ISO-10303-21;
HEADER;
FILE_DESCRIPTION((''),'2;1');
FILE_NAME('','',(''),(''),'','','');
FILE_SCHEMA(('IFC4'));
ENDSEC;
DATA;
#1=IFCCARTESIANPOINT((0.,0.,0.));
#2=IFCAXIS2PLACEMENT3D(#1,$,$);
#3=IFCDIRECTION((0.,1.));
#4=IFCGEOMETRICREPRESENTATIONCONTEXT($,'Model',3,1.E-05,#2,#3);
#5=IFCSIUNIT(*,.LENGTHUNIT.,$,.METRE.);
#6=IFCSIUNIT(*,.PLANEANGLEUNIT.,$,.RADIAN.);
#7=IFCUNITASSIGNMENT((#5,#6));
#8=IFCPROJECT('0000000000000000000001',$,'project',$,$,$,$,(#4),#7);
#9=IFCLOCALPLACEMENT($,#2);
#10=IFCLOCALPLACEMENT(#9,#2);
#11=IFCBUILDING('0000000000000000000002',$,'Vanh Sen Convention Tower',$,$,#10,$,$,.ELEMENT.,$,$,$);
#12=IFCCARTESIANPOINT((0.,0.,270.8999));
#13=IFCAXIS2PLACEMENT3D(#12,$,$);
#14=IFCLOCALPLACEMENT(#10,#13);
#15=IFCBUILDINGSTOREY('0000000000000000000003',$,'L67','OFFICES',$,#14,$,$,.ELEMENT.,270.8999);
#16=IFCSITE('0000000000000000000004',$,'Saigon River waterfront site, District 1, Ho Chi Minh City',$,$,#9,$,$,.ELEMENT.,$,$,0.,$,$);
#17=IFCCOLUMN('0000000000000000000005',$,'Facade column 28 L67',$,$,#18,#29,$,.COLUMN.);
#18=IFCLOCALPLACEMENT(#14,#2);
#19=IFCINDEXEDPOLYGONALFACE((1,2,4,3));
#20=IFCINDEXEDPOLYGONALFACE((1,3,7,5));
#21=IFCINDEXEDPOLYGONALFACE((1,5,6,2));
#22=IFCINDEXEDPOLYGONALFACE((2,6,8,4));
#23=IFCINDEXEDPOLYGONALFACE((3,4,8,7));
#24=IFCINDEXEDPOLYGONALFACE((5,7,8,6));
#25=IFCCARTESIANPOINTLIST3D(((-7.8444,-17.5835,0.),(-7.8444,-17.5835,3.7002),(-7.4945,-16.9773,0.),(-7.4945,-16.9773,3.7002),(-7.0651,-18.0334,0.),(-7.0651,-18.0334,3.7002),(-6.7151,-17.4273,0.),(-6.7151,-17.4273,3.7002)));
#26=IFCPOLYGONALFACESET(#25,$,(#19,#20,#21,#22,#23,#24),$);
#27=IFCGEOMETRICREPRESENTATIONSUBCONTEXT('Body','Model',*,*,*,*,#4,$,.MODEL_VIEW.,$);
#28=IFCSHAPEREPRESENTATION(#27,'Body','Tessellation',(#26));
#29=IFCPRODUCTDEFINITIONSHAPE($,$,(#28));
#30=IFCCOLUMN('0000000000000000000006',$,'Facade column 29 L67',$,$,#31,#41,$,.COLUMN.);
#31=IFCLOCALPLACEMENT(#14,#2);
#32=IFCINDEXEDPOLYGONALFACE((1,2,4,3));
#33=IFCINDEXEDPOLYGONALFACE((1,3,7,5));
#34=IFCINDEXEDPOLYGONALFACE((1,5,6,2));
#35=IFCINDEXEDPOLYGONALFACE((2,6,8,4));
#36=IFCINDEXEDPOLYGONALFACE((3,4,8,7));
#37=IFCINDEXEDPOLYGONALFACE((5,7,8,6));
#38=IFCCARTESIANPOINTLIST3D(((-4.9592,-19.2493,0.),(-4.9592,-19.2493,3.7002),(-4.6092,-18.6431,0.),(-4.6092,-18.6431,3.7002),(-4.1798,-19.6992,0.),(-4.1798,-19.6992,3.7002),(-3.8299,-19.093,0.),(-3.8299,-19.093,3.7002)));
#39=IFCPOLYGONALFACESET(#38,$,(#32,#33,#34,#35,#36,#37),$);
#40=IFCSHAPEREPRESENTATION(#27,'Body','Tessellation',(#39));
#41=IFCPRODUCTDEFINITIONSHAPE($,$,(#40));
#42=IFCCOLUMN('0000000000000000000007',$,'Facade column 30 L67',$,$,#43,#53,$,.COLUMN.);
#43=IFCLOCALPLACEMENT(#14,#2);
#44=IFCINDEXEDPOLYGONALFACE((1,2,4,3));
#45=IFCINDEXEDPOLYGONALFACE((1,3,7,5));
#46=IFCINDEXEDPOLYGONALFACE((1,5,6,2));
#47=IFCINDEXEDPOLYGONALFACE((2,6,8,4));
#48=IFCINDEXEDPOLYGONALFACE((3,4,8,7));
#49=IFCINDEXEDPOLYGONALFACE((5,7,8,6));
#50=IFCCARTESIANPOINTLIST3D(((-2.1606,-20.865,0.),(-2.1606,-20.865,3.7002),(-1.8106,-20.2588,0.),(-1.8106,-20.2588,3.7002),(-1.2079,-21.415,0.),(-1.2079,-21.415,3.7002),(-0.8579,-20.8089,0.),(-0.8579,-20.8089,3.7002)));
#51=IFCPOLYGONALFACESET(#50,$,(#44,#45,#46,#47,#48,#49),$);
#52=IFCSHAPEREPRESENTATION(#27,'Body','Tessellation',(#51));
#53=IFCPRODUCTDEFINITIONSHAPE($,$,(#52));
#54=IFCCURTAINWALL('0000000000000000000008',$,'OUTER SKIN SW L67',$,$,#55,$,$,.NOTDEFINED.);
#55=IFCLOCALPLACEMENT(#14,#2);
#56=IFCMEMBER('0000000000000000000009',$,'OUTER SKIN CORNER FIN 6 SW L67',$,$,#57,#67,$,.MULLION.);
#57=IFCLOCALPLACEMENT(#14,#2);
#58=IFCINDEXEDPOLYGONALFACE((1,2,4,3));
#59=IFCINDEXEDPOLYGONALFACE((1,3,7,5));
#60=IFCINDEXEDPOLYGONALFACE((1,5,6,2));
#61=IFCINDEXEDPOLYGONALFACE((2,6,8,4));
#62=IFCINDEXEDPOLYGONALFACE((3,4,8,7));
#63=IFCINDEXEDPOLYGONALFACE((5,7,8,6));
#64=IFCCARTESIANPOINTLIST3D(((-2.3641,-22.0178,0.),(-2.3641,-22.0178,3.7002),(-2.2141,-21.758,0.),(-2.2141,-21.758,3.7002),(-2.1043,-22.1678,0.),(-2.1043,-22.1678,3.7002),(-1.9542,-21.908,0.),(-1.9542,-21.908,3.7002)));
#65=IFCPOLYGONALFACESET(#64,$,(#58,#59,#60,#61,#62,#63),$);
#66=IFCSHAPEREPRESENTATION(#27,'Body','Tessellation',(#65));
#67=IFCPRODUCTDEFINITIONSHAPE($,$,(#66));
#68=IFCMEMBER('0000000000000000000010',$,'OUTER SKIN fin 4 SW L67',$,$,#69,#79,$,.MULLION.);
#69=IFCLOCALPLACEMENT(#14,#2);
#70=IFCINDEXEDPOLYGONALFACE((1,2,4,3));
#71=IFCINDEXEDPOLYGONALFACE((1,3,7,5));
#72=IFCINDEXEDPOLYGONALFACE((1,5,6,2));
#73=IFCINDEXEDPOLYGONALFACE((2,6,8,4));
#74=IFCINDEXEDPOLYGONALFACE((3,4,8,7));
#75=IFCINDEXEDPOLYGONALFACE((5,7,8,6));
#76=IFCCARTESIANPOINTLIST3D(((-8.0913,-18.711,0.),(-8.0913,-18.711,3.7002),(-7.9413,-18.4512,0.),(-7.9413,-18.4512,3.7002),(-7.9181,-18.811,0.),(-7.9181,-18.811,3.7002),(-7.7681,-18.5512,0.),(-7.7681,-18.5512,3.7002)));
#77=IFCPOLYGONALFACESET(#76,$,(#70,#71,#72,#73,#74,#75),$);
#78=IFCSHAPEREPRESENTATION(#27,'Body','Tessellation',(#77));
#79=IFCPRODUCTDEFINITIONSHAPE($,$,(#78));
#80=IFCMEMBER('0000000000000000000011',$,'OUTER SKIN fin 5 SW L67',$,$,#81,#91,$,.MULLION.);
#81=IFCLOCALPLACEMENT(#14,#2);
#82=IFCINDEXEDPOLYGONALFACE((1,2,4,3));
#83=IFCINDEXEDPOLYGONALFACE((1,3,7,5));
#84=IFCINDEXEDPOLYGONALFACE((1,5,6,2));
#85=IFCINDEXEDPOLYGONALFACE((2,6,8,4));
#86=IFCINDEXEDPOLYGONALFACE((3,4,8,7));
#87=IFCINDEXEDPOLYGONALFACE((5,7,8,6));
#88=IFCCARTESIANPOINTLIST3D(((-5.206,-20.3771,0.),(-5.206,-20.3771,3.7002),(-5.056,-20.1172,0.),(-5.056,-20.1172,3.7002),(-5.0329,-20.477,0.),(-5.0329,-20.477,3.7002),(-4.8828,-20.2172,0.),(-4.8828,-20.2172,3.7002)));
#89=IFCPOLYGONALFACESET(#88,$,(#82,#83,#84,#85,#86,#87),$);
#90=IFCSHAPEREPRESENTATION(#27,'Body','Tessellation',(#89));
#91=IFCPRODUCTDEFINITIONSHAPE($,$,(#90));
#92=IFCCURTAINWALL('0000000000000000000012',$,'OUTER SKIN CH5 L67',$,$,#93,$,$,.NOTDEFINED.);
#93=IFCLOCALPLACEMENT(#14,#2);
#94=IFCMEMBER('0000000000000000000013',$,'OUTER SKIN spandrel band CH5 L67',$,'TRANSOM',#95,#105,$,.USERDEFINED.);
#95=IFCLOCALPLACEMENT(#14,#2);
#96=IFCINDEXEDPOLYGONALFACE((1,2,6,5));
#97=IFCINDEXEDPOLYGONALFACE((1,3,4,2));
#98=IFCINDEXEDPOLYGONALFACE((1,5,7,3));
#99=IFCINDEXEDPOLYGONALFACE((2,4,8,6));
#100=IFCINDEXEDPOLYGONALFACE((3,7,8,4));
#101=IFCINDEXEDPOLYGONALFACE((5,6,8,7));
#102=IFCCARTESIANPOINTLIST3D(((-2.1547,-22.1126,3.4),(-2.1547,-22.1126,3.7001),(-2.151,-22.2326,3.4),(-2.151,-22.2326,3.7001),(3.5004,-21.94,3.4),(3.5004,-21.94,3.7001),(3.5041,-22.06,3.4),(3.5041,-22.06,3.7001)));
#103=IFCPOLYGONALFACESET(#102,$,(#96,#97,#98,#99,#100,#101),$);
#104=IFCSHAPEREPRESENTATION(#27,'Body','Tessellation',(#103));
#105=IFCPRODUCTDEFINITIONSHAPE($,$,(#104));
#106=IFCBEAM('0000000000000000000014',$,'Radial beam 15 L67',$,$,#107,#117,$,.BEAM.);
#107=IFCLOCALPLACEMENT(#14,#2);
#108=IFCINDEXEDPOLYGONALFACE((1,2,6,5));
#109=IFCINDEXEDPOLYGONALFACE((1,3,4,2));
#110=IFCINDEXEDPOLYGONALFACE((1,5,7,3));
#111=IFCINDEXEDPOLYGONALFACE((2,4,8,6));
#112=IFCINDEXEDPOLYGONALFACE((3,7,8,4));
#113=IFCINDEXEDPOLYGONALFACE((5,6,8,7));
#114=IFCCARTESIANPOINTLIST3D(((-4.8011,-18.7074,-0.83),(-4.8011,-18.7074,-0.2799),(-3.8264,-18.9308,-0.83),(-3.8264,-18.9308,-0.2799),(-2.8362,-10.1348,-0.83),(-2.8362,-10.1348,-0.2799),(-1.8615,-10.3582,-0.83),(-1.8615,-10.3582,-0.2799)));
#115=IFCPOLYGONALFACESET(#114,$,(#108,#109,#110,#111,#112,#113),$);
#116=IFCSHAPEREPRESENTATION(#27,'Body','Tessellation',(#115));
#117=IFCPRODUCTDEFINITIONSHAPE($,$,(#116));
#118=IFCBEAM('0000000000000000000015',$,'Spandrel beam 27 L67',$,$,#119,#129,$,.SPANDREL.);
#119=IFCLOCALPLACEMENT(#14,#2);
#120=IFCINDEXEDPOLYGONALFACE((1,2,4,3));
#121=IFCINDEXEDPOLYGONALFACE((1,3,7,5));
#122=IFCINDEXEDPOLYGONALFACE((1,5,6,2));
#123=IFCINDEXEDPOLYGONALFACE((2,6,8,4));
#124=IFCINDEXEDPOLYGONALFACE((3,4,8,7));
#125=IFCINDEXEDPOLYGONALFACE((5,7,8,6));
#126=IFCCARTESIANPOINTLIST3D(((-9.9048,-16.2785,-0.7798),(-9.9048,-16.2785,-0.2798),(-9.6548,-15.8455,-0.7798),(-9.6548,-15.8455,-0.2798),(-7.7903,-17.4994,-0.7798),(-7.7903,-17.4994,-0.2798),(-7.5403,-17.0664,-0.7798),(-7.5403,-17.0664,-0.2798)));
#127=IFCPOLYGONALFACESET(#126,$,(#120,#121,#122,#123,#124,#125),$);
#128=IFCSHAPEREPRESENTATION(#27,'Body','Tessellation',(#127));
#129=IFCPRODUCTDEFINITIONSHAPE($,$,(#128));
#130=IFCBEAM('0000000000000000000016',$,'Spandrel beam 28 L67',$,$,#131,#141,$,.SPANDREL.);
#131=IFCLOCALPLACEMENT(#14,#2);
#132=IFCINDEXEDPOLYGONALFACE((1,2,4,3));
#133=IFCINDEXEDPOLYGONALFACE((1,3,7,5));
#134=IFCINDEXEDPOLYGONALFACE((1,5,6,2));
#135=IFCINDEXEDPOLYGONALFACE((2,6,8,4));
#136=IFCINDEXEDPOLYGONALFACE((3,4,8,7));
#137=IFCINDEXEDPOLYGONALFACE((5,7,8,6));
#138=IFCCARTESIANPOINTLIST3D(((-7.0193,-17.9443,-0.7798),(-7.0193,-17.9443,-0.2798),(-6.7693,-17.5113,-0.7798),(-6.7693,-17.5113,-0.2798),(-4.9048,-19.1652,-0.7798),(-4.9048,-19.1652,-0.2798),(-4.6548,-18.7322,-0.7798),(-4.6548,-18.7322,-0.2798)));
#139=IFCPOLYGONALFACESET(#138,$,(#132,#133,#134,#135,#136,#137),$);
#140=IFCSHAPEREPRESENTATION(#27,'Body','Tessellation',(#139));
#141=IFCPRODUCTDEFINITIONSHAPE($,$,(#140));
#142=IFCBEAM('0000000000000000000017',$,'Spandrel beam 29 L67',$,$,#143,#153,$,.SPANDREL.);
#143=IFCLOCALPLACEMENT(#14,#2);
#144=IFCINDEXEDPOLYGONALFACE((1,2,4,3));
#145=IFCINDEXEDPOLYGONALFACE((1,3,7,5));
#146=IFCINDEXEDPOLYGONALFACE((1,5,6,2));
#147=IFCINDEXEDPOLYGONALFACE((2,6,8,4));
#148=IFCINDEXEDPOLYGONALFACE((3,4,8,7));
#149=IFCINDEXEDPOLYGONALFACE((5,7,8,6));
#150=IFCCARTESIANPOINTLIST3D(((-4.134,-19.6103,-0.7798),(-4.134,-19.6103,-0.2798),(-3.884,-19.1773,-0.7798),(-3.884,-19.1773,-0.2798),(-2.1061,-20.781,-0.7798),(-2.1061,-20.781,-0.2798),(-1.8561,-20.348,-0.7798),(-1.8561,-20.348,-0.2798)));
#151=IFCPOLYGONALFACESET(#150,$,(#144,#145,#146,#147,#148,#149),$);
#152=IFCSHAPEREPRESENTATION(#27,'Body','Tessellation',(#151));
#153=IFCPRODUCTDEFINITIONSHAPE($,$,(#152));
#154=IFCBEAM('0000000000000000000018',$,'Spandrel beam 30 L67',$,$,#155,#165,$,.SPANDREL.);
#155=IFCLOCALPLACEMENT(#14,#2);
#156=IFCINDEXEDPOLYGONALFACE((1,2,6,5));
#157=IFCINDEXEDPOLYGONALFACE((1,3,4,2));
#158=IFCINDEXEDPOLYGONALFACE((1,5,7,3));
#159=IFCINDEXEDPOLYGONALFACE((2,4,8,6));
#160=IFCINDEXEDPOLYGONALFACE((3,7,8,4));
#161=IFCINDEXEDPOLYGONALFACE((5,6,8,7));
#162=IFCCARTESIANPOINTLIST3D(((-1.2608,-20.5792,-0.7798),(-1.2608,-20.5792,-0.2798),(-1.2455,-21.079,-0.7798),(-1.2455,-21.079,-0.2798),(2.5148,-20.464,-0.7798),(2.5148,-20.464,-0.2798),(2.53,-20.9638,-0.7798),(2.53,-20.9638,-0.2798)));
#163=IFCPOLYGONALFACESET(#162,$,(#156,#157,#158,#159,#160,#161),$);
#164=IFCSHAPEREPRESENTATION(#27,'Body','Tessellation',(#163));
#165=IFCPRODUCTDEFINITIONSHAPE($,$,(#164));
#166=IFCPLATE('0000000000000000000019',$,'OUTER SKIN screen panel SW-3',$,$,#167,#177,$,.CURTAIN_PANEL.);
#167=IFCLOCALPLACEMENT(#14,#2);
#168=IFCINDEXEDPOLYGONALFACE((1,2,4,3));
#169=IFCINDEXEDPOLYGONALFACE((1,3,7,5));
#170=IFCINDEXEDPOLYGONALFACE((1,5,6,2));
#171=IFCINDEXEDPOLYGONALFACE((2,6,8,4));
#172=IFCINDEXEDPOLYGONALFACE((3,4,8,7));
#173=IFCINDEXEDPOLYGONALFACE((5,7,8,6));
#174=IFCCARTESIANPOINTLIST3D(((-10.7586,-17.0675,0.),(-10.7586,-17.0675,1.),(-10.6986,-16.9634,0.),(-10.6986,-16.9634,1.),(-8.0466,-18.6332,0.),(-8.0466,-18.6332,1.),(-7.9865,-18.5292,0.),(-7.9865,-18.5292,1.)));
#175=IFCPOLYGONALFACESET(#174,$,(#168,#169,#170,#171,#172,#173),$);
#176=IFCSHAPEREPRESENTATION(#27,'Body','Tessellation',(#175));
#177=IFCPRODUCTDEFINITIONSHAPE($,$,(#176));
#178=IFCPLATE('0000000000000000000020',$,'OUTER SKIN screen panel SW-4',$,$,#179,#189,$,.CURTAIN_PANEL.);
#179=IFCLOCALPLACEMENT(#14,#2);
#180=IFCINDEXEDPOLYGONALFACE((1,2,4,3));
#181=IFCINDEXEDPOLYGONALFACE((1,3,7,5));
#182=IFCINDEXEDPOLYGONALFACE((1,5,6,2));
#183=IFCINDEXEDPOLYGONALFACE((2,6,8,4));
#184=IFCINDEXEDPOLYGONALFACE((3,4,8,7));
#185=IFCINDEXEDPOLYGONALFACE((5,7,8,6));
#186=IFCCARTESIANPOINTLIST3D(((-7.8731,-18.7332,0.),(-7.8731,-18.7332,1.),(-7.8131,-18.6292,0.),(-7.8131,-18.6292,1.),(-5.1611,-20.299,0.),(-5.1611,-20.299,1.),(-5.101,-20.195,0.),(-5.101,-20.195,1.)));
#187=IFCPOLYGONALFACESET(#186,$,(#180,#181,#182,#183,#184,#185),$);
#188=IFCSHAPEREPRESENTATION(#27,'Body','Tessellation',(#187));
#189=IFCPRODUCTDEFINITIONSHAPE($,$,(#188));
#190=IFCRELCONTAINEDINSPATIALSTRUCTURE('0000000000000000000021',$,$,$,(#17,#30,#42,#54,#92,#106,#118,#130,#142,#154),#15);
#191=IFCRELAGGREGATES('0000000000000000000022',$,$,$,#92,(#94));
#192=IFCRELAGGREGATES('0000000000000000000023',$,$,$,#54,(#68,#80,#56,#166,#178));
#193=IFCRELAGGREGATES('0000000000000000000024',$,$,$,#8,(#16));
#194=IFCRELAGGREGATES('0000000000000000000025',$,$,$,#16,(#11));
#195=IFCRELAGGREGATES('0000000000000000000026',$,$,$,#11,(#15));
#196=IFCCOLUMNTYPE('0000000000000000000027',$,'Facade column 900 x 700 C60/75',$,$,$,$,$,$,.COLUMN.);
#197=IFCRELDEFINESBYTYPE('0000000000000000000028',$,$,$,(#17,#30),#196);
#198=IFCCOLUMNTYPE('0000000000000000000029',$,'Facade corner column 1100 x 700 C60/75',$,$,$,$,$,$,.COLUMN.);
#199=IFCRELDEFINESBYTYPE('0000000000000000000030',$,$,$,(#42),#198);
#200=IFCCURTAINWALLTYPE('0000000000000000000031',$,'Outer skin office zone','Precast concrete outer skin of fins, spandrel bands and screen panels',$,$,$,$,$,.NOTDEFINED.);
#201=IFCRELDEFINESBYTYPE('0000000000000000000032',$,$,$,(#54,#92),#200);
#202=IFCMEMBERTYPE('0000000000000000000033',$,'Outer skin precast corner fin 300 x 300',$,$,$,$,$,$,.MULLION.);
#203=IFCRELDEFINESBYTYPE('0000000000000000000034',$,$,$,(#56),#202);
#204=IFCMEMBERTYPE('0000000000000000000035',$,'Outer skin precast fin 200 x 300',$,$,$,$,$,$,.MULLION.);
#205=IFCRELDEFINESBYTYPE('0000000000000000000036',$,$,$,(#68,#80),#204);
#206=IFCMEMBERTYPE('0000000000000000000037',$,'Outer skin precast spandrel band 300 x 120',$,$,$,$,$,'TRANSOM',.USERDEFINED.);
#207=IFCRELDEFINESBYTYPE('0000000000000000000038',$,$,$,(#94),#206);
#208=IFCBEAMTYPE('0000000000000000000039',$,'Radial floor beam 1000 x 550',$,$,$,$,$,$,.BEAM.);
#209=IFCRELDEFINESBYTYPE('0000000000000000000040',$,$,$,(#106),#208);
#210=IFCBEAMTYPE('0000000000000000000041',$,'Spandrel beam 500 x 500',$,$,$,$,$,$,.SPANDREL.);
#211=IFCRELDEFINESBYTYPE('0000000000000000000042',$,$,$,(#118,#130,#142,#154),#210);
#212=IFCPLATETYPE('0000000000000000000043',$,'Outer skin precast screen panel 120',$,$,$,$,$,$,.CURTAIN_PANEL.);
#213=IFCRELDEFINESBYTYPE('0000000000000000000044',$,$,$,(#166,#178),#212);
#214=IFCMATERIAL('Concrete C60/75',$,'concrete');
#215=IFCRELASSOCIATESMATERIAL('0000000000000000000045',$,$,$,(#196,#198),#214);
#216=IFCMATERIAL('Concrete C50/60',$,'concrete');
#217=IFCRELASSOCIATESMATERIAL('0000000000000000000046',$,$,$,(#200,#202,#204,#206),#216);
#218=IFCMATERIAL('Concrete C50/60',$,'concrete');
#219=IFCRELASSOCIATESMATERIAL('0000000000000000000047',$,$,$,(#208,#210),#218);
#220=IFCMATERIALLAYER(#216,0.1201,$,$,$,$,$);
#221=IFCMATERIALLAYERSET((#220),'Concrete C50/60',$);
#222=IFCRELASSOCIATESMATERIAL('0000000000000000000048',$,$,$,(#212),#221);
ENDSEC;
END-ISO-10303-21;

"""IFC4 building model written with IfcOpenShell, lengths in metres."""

from ifc_helpers import new_model, si_unit, direction, frame, origin, origin_2d, place, context, subcontext, project, spatial, rectangle, extrude, material, layer, layer_set, material_profile, profile_set, type_object, element, aggregate, save


model = new_model("IFC4")

# Units and contexts
model_context = context("Model", 3, precision=1e-05, world=origin(), true_north=direction((0.0, 1.0)))
body_context = subcontext(model_context, "Body", "Model", "MODEL_VIEW")
ifc_project = project(units=[si_unit("LENGTHUNIT", "METRE"), si_unit("PLANEANGLEUNIT", "RADIAN")], contexts=[model_context])

# Site, building, storey
site_placement = place(None, origin())
site = spatial("IfcSite", under=ifc_project, at=site_placement, Name="Saigon River waterfront site, District 1, Ho Chi Minh City", CompositionType="ELEMENT", RefElevation=0.0)
building_placement = place(site_placement, origin())
building = spatial("IfcBuilding", under=site, at=building_placement, Name="Vanh Sen Convention Tower", CompositionType="ELEMENT")
storey_placement = place(building_placement, frame((0.0, 0.0, 270.8999)))
storey = spatial("IfcBuildingStorey", under=building, at=storey_placement, Name="L67", Description="OFFICES", CompositionType="ELEMENT", Elevation=270.8999)

# Columns
ifc_material_1 = material(Name="Concrete C60/75", Category="concrete")
ifc_material_profile_1 = material_profile(ifc_material_1, rectangle(XDim=0.8999, YDim=0.7, at=origin_2d()), Name="RC 900X700")
ifc_profile_set_1 = profile_set([ifc_material_profile_1], Name="Concrete C60/75")
column_type_1 = type_object("IfcColumnType", Name="Facade column 900 x 700 C60/75", PredefinedType="COLUMN", material=ifc_profile_set_1)
for number, where, z_axis, x_axis, name in (
    (1, (-7.2798, -17.5054, 0.0), (0.0, 0.0, 1.0), (0.866025, -0.5, 0.0), "Facade column 28 L67"),
    (2, (-4.3945, -19.1711, 0.0), (0.0, 0.0, 1.0), (0.866025, -0.5, 0.0), "Facade column 29 L67"),
):
    element("IfcColumn", number, at=place(storey_placement, frame(where, z_axis=z_axis, x_axis=x_axis)), inside=storey, type_object=column_type_1, Name=name, PredefinedType="COLUMN", context=body_context, shape_type="SweptSolid", body=[
        extrude(rectangle(XDim=0.8999, YDim=0.7, at=origin_2d()), origin(), (0.0, 0.0, 1.0), 3.7002),
    ])
ifc_material_profile_2 = material_profile(ifc_material_1, rectangle(XDim=1.1001, YDim=0.7, at=origin_2d()), Name="RC 1100X700")
ifc_profile_set_2 = profile_set([ifc_material_profile_2], Name="Concrete C60/75")
column_type_2 = type_object("IfcColumnType", Name="Facade corner column 1100 x 700 C60/75", PredefinedType="COLUMN", material=ifc_profile_set_2)
column_placement = place(storey_placement, frame((-1.5093, -20.8369, 0.0), z_axis=(0.0, 0.0, 1.0), x_axis=(0.866025, -0.5, 0.0)))
element("IfcColumn", 3, at=column_placement, inside=storey, type_object=column_type_2, Name="Facade column 30 L67", PredefinedType="COLUMN", context=body_context, shape_type="SweptSolid", body=[
    extrude(rectangle(XDim=1.1001, YDim=0.7, at=origin_2d()), origin(), (0.0, 0.0, 1.0), 3.7002),
])

# Curtain wall, members
ifc_material_2 = material(Name="Concrete C50/60", Category="concrete")
curtain_wall_type = type_object("IfcCurtainWallType", Name="Outer skin office zone", Description="Precast concrete outer skin of fins, spandrel bands and screen panels", PredefinedType="NOTDEFINED", material=ifc_material_2)
curtain_wall_1_placement = place(storey_placement, origin())
curtain_wall_1 = element("IfcCurtainWall", 4, at=curtain_wall_1_placement, inside=storey, type_object=curtain_wall_type, Name="OUTER SKIN SW L67", PredefinedType="NOTDEFINED")
ifc_material_profile_3 = material_profile(ifc_material_2, rectangle(XDim=0.3, YDim=0.3, at=origin_2d()), Name="Outer skin precast corner fin 300 x 300")
ifc_profile_set_3 = profile_set([ifc_material_profile_3], Name="Concrete C50/60")
member_type_1 = type_object("IfcMemberType", Name="Outer skin precast corner fin 300 x 300", PredefinedType="MULLION", material=ifc_profile_set_3)
member_1_placement = place(storey_placement, frame((-2.1592, -21.9629, 0.0), z_axis=(0.0, 0.0, 1.0), x_axis=(0.866025, -0.5, 0.0)))
member_1 = element("IfcMember", 5, at=member_1_placement, type_object=member_type_1, Name="OUTER SKIN CORNER FIN 6 SW L67", PredefinedType="MULLION", context=body_context, shape_type="SweptSolid", body=[
    extrude(rectangle(XDim=0.3, YDim=0.3, at=origin_2d()), origin(), (0.0, 0.0, 1.0), 3.7002),
])
ifc_material_profile_4 = material_profile(ifc_material_2, rectangle(XDim=0.2, YDim=0.3, at=origin_2d()), Name="Outer skin precast fin 200 x 300")
ifc_profile_set_4 = profile_set([ifc_material_profile_4], Name="Concrete C50/60")
member_type_2 = type_object("IfcMemberType", Name="Outer skin precast fin 200 x 300", PredefinedType="MULLION", material=ifc_profile_set_4)
member_2_placement = place(storey_placement, frame((-7.9297, -18.6311, 0.0), z_axis=(0.0, 0.0, 1.0), x_axis=(0.866025, -0.5, 0.0)))
member_2 = element("IfcMember", 6, at=member_2_placement, type_object=member_type_2, Name="OUTER SKIN fin 4 SW L67", PredefinedType="MULLION", context=body_context, shape_type="SweptSolid", body=[
    extrude(rectangle(XDim=0.2, YDim=0.3, at=origin_2d()), origin(), (0.0, 0.0, 1.0), 3.7002),
])
member_3_placement = place(storey_placement, frame((-5.0444, -20.2971, 0.0), z_axis=(0.0, 0.0, 1.0), x_axis=(0.866025, -0.5, 0.0)))
member_3 = element("IfcMember", 7, at=member_3_placement, type_object=member_type_2, Name="OUTER SKIN fin 5 SW L67", PredefinedType="MULLION", context=body_context, shape_type="SweptSolid", body=[
    extrude(rectangle(XDim=0.2, YDim=0.3, at=origin_2d()), origin(), (0.0, 0.0, 1.0), 3.7002),
])

# Curtain wall, member
curtain_wall_2_placement = place(storey_placement, origin())
curtain_wall_2 = element("IfcCurtainWall", 8, at=curtain_wall_2_placement, inside=storey, type_object=curtain_wall_type, Name="OUTER SKIN CH5 L67", PredefinedType="NOTDEFINED")
ifc_material_profile_5 = material_profile(ifc_material_2, rectangle(XDim=0.1201, YDim=0.3, at=origin_2d()), Name="Outer skin precast spandrel band 300 x 120")
ifc_profile_set_5 = profile_set([ifc_material_profile_5], Name="Concrete C50/60")
member_type_3 = type_object("IfcMemberType", Name="Outer skin precast spandrel band 300 x 120", ElementType="TRANSOM", PredefinedType="USERDEFINED", material=ifc_profile_set_5)
member_4_placement = place(storey_placement, frame((-2.1528, -22.1726, 3.55), z_axis=(0.999535, 0.030509, 0.0), x_axis=(-0.030509, 0.999535, 0.0)))
member_4 = element("IfcMember", 9, at=member_4_placement, type_object=member_type_3, Name="OUTER SKIN spandrel band CH5 L67", ObjectType="TRANSOM", PredefinedType="USERDEFINED", context=body_context, shape_type="SweptSolid", body=[
    extrude(rectangle(XDim=0.1201, YDim=0.3, at=origin_2d()), origin(), (0.0, 0.0, 1.0), 5.6577),
])
aggregate(curtain_wall_2, [member_4])

# Beams
ifc_material_3 = material(Name="Concrete C50/60", Category="concrete")
ifc_material_profile_6 = material_profile(ifc_material_3, rectangle(XDim=1.0, YDim=0.55, at=origin_2d()), Name="RC 1000X550")
ifc_profile_set_6 = profile_set([ifc_material_profile_6], Name="Concrete C50/60")
beam_type_1 = type_object("IfcBeamType", Name="Radial floor beam 1000 x 550", PredefinedType="BEAM", material=ifc_profile_set_6)
beam_1_placement = place(storey_placement, frame((-4.3137, -18.8191, -0.5549), z_axis=(0.22341, 0.974725, 0.0), x_axis=(-0.974725, 0.22341, 0.0)))
element("IfcBeam", 10, at=beam_1_placement, inside=storey, type_object=beam_type_1, Name="Radial beam 15 L67", PredefinedType="BEAM", context=body_context, shape_type="SweptSolid", body=[
    extrude(rectangle(XDim=1.0, YDim=0.55, at=origin_2d()), origin(), (0.0, 0.0, 1.0), 8.7949),
])
ifc_material_profile_7 = material_profile(ifc_material_3, rectangle(XDim=0.5, YDim=0.5, at=origin_2d()), Name="RC 500X500")
ifc_profile_set_7 = profile_set([ifc_material_profile_7], Name="Concrete C50/60")
beam_type_2 = type_object("IfcBeamType", Name="Spandrel beam 500 x 500", PredefinedType="SPANDREL", material=ifc_profile_set_7)
for number, where, z_axis, x_axis, name in (
    (11, (-9.7798, -16.062, -0.5298), (0.866001, -0.500043, 0.0), (0.500043, 0.866001, 0.0), "Spandrel beam 27 L67"),
    (12, (-6.8943, -17.7278, -0.5298), (0.866001, -0.500043, 0.0), (0.500043, 0.866001, 0.0), "Spandrel beam 28 L67"),
):
    element("IfcBeam", number, at=place(storey_placement, frame(where, z_axis=z_axis, x_axis=x_axis)), inside=storey, type_object=beam_type_2, Name=name, PredefinedType="SPANDREL", context=body_context, shape_type="SweptSolid", body=[
        extrude(rectangle(XDim=0.5, YDim=0.5, at=origin_2d()), origin(), (0.0, 0.0, 1.0), 2.4417),
    ])
beam_2_placement = place(storey_placement, frame((-4.009, -19.3938, -0.5298), z_axis=(0.866047, -0.499963, 0.0), x_axis=(0.499963, 0.866047, 0.0)))
element("IfcBeam", 13, at=beam_2_placement, inside=storey, type_object=beam_type_2, Name="Spandrel beam 29 L67", PredefinedType="SPANDREL", context=body_context, shape_type="SweptSolid", body=[
    extrude(rectangle(XDim=0.5, YDim=0.5, at=origin_2d()), origin(), (0.0, 0.0, 1.0), 2.3416),
])
beam_3_placement = place(storey_placement, frame((-1.2532, -20.8291, -0.5298), z_axis=(0.999535, 0.030506, 0.0), x_axis=(-0.030506, 0.999535, 0.0)))
element("IfcBeam", 14, at=beam_3_placement, inside=storey, type_object=beam_type_2, Name="Spandrel beam 30 L67", PredefinedType="SPANDREL", context=body_context, shape_type="SweptSolid", body=[
    extrude(rectangle(XDim=0.5, YDim=0.5, at=origin_2d()), origin(), (0.0, 0.0, 1.0), 3.7773),
])

# Plates
ifc_layer_1 = layer(ifc_material_2, 0.1201)
ifc_layer_set_1 = layer_set([ifc_layer_1], Name="Concrete C50/60")
plate_type = type_object("IfcPlateType", Name="Outer skin precast screen panel 120", PredefinedType="CURTAIN_PANEL", material=ifc_layer_set_1)
plate_1_placement = place(storey_placement, frame((-9.3726, -17.7983, 0.0), z_axis=(0.0, 0.0, 1.0), x_axis=(0.866029, -0.499994, 0.0)))
plate_1 = element("IfcPlate", 15, at=plate_1_placement, type_object=plate_type, Name="OUTER SKIN screen panel SW-3", PredefinedType="CURTAIN_PANEL", context=body_context, shape_type="SweptSolid", body=[
    extrude(rectangle(XDim=3.1316, YDim=0.1201, at=origin_2d()), origin(), (0.0, 0.0, 1.0), 1.0),
])
plate_2_placement = place(storey_placement, frame((-6.4871, -19.4641, 0.0), z_axis=(0.0, 0.0, 1.0), x_axis=(0.866029, -0.499994, 0.0)))
plate_2 = element("IfcPlate", 16, at=plate_2_placement, type_object=plate_type, Name="OUTER SKIN screen panel SW-4", PredefinedType="CURTAIN_PANEL", context=body_context, shape_type="SweptSolid", body=[
    extrude(rectangle(XDim=3.1316, YDim=0.1201, at=origin_2d()), origin(), (0.0, 0.0, 1.0), 1.0),
])
aggregate(curtain_wall_1, [member_2, member_3, member_1, plate_1, plate_2])

save(model, "model.ifc")
